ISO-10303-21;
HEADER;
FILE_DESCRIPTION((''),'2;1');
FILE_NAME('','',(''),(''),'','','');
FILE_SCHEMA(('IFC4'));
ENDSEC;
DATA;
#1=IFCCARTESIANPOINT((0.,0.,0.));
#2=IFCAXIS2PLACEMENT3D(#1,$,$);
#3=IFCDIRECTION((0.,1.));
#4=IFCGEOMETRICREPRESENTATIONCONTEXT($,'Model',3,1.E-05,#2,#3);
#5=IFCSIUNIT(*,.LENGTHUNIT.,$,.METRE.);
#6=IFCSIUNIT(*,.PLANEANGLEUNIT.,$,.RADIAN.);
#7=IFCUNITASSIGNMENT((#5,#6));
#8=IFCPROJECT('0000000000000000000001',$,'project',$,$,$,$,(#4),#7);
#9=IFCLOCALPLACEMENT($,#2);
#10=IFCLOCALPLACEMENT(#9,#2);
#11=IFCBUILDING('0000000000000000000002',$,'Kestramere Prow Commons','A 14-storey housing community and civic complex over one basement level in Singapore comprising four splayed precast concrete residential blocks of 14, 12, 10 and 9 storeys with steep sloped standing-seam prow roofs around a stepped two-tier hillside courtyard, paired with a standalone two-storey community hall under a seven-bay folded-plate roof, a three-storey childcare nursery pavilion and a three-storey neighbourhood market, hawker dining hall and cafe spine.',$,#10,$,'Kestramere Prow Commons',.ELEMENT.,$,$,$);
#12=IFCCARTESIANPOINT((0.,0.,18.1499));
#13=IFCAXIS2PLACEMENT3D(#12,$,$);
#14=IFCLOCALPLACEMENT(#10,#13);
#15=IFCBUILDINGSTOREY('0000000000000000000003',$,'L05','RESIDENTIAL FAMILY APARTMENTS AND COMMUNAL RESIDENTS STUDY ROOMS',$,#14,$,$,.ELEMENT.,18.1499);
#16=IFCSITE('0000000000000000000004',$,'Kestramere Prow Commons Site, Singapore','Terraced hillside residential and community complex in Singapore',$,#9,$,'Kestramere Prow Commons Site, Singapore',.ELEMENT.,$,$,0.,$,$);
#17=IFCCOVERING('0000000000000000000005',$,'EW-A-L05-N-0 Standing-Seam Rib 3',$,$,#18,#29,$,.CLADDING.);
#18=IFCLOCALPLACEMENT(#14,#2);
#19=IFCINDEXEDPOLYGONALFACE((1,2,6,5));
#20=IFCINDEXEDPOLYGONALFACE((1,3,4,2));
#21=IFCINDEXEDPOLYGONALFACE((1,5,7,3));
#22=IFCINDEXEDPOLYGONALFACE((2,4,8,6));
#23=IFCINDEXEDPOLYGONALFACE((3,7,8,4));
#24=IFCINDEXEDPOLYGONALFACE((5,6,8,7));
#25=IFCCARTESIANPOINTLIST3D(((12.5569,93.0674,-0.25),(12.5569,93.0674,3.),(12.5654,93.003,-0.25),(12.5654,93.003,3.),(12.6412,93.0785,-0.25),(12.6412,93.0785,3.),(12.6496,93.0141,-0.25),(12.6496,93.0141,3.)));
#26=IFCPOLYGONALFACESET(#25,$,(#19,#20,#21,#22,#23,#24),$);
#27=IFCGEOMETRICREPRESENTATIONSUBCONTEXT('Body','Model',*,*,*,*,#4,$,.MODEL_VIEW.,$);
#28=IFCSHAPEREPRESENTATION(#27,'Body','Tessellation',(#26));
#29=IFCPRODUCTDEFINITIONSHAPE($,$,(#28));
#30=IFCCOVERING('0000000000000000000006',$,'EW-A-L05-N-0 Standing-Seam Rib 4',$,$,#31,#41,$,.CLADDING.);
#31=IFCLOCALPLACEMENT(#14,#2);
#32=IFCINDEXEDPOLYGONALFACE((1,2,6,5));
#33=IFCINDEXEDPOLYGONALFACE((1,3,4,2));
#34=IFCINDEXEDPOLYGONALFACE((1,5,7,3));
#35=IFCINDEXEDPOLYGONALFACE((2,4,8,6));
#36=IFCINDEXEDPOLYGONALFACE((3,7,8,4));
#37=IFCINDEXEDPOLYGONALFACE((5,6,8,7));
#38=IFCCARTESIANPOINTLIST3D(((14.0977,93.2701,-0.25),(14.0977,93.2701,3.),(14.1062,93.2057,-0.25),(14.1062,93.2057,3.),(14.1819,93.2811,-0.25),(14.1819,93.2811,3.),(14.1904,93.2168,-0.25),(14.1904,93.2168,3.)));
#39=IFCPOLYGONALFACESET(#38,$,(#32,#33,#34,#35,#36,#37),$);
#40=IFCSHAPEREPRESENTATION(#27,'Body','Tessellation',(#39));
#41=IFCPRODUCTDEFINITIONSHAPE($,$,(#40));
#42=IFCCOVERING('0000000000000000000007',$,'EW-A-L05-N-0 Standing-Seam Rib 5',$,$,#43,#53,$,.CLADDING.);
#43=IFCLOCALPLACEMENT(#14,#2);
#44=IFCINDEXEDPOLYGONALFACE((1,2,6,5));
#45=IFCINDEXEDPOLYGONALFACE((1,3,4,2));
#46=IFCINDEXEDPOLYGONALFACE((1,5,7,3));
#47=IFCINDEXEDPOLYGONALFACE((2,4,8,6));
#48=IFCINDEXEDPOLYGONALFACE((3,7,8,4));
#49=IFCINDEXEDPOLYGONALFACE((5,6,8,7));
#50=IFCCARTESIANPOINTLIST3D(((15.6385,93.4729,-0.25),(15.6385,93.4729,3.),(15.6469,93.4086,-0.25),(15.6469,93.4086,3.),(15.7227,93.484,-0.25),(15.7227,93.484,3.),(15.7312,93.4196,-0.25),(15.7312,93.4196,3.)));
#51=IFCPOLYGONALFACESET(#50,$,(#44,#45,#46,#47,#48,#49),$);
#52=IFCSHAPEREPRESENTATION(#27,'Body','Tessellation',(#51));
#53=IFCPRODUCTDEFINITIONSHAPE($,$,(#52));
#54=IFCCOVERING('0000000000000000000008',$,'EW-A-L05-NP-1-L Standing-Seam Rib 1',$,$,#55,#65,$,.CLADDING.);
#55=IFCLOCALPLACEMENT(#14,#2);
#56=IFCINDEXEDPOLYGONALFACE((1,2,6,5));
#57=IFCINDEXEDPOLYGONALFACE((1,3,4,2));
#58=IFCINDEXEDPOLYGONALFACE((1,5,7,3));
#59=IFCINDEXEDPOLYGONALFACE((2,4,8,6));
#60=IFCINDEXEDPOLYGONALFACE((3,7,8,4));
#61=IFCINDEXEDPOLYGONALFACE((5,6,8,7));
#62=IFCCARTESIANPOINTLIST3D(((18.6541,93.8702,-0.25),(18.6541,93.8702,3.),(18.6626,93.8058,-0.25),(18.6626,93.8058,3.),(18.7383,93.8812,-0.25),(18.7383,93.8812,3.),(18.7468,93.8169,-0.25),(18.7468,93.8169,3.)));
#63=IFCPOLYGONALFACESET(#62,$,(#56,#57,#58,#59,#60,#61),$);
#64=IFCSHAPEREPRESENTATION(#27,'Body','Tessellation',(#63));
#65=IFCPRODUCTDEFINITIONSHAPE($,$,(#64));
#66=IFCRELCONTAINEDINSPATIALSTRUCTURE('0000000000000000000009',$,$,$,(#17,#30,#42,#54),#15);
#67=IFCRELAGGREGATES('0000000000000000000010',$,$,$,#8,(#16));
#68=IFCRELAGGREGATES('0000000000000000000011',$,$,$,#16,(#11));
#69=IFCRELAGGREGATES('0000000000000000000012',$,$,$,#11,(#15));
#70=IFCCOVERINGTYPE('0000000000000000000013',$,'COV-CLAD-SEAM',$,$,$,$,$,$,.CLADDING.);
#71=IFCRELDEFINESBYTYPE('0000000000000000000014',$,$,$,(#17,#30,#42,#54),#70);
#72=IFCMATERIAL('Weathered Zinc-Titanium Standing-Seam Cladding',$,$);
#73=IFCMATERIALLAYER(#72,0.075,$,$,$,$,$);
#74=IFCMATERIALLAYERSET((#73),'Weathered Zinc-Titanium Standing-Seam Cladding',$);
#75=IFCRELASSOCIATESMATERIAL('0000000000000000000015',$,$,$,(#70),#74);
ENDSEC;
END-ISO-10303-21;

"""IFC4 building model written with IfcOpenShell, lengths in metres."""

from ifc_helpers import new_model, si_unit, direction, frame, origin, origin_2d, place, context, subcontext, project, spatial, rectangle, extrude, material, layer, layer_set, type_object, element, save


model = new_model("IFC4")

# Units and contexts
model_context = context("Model", 3, precision=1e-05, world=origin(), true_north=direction((0.0, 1.0)))
body_context = subcontext(model_context, "Body", "Model", "MODEL_VIEW")
ifc_project = project(units=[si_unit("LENGTHUNIT", "METRE"), si_unit("PLANEANGLEUNIT", "RADIAN")], contexts=[model_context])

# Site, building, storey
site_placement = place(None, origin())
site = spatial("IfcSite", under=ifc_project, at=site_placement, Name="Kestramere Prow Commons Site, Singapore", Description="Terraced hillside residential and community complex in Singapore", LongName="Kestramere Prow Commons Site, Singapore", CompositionType="ELEMENT", RefElevation=0.0)
building_placement = place(site_placement, origin())
building = spatial("IfcBuilding", under=site, at=building_placement, Name="Kestramere Prow Commons", Description="A 14-storey housing community and civic complex over one basement level in Singapore comprising four splayed precast concrete residential blocks of 14, 12, 10 and 9 storeys with steep sloped standing-seam prow roofs around a stepped two-tier hillside courtyard, paired with a standalone two-storey community hall under a seven-bay folded-plate roof, a three-storey childcare nursery pavilion and a three-storey neighbourhood market, hawker dining hall and cafe spine.", LongName="Kestramere Prow Commons", CompositionType="ELEMENT")
storey_placement = place(building_placement, frame((0.0, 0.0, 18.1499)))
storey = spatial("IfcBuildingStorey", under=building, at=storey_placement, Name="L05", Description="RESIDENTIAL FAMILY APARTMENTS AND COMMUNAL RESIDENTS STUDY ROOMS", CompositionType="ELEMENT", Elevation=18.1499)

# Coverings
ifc_material_1 = material(Name="Weathered Zinc-Titanium Standing-Seam Cladding")
ifc_layer_1 = layer(ifc_material_1, 0.075)
ifc_layer_set_1 = layer_set([ifc_layer_1], Name="Weathered Zinc-Titanium Standing-Seam Cladding")
covering_type = type_object("IfcCoveringType", Name="COV-CLAD-SEAM", PredefinedType="CLADDING", material=ifc_layer_set_1)
for number, where, z_axis, x_axis, name in (
    (1, (12.6033, 93.0408, -0.25), (0.0, 0.0, 1.0), (0.991445, 0.130526, 0.0), "EW-A-L05-N-0 Standing-Seam Rib 3"),
    (2, (14.144, 93.2434, -0.25), (0.0, 0.0, 1.0), (0.991445, 0.130526, 0.0), "EW-A-L05-N-0 Standing-Seam Rib 4"),
    (3, (15.6848, 93.4463, -0.25), (0.0, 0.0, 1.0), (0.991445, 0.130526, 0.0), "EW-A-L05-N-0 Standing-Seam Rib 5"),
    (4, (18.7004, 93.8435, -0.25), (0.0, 0.0, 1.0), (0.991445, 0.130526, 0.0), "EW-A-L05-NP-1-L Standing-Seam Rib 1"),
):
    element("IfcCovering", number, at=place(storey_placement, frame(where, z_axis=z_axis, x_axis=x_axis)), inside=storey, type_object=covering_type, Name=name, PredefinedType="CLADDING", context=body_context, shape_type="SweptSolid", body=[
        extrude(rectangle(XDim=0.085, YDim=0.0649, at=origin_2d()), origin(), (0.0, 0.0, 1.0), 3.25),
    ])

save(model, "model.ifc")
